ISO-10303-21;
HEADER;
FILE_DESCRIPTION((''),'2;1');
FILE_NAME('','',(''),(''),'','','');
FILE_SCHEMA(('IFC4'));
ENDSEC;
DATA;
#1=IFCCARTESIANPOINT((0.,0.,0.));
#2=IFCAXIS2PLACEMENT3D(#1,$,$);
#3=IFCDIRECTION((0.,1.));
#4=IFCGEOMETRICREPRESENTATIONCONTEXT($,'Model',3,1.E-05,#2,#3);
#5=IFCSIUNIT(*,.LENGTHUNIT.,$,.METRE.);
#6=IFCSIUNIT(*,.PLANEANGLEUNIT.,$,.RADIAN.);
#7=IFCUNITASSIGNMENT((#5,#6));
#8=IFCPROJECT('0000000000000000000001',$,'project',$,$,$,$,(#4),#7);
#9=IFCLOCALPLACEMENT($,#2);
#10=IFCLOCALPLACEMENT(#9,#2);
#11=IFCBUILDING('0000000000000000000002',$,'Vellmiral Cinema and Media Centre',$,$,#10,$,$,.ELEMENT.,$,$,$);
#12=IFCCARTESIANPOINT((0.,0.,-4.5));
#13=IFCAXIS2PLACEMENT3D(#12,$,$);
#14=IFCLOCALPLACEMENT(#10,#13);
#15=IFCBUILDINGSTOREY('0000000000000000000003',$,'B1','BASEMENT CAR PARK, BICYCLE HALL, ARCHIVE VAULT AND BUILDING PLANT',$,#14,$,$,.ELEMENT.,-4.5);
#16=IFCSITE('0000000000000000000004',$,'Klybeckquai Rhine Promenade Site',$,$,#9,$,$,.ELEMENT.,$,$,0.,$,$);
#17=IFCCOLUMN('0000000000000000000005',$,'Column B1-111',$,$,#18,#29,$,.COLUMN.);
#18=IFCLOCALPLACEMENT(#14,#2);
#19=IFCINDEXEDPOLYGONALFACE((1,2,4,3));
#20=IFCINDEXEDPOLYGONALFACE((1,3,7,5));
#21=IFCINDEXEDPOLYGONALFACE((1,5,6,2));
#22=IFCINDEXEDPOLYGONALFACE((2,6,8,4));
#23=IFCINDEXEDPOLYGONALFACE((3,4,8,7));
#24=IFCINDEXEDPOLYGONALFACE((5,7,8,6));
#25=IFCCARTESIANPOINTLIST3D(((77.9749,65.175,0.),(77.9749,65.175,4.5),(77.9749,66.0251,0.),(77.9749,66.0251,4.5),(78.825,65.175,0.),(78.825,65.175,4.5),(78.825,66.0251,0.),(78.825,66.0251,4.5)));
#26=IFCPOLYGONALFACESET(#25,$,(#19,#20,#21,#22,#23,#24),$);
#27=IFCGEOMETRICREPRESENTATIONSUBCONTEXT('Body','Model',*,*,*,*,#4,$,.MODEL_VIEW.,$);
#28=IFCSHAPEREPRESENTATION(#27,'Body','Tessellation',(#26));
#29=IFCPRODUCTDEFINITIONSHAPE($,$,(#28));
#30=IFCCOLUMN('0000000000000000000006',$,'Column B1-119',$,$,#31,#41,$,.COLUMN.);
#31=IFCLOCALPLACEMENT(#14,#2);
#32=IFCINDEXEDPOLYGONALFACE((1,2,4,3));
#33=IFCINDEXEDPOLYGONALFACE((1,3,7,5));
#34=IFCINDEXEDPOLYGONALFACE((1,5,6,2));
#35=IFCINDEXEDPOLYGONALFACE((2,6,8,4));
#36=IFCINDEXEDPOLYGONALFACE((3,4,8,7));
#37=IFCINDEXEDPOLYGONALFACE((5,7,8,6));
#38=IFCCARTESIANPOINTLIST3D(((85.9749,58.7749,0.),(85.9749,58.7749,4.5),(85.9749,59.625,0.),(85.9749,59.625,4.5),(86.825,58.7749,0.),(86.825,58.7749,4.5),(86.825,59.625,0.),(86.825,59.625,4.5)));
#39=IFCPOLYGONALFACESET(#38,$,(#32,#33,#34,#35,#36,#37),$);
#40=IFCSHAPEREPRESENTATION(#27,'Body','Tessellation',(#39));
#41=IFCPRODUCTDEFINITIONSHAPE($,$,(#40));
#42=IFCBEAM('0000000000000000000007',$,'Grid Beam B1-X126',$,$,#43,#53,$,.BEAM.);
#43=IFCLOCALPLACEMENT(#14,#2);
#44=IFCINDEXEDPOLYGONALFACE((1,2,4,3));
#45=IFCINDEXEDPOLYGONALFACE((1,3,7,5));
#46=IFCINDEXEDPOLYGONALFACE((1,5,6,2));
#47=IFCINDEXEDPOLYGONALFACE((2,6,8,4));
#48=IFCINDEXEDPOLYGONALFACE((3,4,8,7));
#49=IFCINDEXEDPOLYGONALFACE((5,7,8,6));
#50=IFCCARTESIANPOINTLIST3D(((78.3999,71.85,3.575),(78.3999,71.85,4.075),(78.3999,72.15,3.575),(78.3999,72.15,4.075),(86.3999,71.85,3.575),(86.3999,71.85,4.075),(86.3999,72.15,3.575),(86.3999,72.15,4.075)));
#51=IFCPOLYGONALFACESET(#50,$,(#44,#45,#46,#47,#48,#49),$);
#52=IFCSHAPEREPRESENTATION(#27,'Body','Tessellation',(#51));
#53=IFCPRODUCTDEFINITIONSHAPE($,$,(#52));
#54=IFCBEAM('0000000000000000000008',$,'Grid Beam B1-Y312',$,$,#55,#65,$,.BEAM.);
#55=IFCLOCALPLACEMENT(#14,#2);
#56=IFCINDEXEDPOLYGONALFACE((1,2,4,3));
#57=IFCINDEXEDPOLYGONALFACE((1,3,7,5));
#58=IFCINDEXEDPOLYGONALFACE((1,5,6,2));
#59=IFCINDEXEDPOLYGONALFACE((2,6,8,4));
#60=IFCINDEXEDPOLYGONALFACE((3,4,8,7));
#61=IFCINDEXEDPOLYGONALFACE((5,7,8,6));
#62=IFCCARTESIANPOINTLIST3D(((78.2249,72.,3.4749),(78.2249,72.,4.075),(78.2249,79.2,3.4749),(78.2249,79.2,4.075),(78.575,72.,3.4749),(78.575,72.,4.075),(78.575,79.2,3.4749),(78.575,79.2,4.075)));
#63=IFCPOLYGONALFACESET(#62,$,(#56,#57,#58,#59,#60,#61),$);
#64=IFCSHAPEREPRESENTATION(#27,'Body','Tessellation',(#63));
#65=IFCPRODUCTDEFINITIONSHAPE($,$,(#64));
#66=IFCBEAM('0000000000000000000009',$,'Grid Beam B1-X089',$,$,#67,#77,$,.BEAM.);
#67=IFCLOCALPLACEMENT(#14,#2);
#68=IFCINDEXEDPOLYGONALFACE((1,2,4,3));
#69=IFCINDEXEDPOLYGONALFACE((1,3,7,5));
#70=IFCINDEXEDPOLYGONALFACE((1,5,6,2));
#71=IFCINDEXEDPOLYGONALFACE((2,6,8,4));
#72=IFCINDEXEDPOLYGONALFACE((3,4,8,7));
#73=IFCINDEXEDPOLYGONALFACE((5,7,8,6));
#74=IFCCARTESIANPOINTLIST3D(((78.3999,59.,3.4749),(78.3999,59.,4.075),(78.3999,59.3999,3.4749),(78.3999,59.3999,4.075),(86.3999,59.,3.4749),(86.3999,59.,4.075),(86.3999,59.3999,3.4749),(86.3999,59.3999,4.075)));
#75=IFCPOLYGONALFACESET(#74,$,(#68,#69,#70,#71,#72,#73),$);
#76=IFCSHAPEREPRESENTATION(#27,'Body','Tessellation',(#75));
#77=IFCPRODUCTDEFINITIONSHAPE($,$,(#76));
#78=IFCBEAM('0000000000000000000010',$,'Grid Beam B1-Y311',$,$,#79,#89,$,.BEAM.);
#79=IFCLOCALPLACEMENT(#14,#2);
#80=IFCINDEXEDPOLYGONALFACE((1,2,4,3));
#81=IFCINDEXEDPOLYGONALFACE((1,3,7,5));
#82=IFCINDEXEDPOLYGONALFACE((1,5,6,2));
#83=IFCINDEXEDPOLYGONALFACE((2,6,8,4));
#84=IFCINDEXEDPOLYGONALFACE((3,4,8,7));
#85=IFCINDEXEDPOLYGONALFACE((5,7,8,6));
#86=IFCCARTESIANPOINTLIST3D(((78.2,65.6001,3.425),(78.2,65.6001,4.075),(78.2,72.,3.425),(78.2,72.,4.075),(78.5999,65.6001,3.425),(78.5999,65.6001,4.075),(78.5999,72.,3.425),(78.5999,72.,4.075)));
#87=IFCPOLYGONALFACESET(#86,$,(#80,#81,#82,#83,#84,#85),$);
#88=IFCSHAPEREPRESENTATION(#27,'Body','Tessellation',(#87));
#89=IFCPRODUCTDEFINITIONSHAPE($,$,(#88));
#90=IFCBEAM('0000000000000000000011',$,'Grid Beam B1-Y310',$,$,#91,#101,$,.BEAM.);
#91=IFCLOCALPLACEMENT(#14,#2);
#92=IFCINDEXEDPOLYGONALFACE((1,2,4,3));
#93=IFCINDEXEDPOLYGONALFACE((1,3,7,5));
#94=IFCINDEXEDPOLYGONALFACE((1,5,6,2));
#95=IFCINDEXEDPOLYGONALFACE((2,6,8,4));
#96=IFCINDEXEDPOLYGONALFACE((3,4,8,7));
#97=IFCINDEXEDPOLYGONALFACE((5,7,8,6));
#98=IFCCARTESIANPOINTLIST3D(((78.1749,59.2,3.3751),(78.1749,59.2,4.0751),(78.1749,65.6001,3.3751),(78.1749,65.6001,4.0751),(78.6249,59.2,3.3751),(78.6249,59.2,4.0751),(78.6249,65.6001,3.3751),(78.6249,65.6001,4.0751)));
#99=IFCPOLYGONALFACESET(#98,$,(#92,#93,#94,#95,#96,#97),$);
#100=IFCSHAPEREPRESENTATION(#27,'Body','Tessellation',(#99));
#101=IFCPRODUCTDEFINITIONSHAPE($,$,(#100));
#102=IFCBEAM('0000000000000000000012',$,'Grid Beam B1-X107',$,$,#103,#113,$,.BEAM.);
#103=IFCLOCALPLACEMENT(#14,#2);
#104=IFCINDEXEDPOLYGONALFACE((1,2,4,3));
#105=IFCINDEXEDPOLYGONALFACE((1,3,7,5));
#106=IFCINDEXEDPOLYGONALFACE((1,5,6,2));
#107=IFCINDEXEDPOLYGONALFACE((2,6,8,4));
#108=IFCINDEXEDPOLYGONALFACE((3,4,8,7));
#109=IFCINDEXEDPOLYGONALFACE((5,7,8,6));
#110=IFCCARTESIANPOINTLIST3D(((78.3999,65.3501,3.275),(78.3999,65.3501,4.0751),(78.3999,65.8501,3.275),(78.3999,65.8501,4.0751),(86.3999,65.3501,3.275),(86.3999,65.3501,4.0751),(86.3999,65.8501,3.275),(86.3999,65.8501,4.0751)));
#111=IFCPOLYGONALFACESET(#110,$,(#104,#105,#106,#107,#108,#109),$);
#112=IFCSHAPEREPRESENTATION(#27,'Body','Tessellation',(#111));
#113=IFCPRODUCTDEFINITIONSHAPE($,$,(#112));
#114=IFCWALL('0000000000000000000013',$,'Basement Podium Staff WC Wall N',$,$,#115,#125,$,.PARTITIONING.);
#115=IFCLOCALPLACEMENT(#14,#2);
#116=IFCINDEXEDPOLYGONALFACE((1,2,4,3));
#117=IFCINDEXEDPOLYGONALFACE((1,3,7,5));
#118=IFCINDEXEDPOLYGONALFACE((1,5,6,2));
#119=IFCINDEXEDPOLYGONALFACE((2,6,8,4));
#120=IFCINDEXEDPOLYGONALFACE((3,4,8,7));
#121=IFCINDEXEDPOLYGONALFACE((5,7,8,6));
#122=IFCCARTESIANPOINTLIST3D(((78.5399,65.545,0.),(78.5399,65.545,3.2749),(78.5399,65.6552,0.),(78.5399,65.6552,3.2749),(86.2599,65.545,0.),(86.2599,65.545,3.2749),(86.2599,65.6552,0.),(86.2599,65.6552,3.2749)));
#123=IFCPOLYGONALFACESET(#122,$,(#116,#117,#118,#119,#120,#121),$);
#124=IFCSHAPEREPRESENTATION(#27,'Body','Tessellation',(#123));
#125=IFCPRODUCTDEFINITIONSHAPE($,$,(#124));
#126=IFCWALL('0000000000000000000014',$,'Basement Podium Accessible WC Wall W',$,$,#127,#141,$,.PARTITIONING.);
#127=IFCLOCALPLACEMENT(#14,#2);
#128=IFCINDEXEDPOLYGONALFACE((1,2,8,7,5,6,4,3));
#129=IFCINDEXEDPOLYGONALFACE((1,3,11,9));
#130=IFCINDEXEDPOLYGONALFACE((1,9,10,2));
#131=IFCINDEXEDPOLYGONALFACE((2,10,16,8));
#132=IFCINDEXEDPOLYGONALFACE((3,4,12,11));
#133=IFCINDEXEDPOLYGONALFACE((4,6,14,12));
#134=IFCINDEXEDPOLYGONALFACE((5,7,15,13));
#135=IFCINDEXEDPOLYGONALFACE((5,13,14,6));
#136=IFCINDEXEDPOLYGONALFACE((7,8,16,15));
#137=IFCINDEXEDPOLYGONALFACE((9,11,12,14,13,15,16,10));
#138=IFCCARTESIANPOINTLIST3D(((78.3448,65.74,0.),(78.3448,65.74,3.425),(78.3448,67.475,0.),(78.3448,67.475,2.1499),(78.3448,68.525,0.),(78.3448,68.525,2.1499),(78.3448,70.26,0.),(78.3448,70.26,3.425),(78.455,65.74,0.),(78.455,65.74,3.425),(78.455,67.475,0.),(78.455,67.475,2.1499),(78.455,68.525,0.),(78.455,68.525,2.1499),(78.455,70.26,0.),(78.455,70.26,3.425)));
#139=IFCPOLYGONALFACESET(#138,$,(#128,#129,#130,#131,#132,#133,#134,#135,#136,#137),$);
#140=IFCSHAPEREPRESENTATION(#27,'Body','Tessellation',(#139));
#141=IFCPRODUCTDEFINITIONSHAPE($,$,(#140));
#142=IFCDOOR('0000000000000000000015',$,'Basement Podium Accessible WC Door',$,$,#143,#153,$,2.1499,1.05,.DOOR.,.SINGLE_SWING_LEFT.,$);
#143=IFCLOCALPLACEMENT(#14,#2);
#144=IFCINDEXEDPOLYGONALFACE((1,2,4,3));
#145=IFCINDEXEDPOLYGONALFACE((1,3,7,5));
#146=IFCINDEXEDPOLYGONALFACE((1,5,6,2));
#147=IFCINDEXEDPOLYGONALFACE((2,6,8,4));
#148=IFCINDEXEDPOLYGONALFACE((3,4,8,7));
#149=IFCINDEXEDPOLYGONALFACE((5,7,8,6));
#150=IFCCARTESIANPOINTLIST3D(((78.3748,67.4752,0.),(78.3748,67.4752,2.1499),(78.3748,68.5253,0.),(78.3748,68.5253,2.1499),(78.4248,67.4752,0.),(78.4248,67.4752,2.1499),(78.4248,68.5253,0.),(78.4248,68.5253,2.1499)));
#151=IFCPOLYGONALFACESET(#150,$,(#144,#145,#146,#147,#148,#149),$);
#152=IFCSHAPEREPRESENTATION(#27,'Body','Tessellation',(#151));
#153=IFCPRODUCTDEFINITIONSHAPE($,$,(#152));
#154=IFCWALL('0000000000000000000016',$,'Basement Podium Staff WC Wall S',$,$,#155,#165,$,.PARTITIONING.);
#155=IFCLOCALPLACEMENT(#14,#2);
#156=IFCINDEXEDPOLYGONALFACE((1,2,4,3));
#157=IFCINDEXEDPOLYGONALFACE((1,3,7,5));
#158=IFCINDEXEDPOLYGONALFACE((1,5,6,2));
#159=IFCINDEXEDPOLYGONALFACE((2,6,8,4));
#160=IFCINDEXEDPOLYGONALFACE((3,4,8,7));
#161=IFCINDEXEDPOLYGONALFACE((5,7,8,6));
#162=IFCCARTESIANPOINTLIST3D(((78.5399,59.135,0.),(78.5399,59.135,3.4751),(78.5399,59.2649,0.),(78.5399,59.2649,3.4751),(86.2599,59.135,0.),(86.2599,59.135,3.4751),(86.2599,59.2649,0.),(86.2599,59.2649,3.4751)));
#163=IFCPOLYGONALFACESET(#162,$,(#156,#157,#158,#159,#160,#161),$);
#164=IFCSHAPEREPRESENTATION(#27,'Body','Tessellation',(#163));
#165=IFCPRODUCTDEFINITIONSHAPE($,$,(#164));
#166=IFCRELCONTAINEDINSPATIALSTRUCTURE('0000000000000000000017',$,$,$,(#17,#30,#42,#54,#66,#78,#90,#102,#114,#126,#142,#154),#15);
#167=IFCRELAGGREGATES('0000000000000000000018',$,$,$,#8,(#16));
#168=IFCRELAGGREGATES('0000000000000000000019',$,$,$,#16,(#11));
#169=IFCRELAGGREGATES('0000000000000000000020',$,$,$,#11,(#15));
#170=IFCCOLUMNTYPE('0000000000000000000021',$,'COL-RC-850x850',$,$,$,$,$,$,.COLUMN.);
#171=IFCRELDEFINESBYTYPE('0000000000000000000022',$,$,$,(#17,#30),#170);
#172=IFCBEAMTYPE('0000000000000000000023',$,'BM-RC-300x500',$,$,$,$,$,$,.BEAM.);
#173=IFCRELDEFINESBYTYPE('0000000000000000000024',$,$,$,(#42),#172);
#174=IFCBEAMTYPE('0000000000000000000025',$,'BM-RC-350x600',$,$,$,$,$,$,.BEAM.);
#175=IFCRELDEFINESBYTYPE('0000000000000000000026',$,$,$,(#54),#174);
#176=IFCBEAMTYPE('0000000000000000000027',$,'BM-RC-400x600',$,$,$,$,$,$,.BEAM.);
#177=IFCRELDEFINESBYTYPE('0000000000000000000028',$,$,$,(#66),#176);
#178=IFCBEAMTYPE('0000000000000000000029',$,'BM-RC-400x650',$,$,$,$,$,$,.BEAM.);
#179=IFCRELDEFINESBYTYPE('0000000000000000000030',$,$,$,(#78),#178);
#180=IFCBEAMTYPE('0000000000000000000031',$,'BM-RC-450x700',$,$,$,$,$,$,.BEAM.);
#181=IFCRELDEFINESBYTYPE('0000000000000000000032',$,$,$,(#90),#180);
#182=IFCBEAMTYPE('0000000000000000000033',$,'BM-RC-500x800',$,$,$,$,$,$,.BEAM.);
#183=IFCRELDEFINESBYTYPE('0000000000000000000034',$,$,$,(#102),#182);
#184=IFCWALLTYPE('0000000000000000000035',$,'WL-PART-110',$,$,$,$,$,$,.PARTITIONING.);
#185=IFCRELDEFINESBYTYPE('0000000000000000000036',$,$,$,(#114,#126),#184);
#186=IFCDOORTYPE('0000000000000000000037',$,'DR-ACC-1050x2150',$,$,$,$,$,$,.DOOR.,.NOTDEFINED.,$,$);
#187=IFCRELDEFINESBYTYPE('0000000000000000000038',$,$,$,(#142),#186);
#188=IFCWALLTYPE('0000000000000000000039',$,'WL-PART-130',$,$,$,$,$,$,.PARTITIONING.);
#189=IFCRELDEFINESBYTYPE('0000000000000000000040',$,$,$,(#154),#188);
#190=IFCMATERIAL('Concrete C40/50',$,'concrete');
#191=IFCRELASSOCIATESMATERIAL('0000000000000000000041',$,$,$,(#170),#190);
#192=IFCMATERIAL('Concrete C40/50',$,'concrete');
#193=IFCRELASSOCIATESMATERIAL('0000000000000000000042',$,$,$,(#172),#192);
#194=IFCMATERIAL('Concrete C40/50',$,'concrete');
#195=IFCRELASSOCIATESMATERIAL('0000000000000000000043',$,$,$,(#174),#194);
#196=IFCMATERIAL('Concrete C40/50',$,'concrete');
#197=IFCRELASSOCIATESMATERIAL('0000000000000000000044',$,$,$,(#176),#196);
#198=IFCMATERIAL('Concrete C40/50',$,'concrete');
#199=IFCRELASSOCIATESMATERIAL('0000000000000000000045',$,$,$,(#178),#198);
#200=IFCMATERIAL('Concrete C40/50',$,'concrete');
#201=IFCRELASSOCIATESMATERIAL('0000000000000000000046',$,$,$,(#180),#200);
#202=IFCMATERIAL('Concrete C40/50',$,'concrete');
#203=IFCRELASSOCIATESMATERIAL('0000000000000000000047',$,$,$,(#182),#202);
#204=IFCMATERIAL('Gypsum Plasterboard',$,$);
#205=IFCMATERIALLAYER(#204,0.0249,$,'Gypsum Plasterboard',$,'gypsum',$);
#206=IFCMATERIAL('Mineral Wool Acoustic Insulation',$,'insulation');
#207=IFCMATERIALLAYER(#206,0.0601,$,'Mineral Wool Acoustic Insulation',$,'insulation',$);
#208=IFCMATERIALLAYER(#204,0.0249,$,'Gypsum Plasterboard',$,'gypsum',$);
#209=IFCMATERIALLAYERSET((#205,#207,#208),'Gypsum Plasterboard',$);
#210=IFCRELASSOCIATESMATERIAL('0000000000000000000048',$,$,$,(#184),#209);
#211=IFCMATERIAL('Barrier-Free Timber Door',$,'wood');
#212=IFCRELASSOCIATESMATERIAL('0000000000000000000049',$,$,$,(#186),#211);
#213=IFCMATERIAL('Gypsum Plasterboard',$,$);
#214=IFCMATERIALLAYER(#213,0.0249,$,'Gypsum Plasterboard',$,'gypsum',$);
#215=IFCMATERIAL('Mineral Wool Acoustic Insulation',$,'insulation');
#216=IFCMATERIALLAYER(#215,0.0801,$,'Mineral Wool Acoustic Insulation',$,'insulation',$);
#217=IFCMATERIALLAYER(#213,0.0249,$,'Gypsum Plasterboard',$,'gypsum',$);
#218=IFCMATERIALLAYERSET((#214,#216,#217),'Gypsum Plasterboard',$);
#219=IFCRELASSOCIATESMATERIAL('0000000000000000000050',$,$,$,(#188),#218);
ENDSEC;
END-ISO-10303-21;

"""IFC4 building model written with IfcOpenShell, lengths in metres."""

from ifc_helpers import new_model, si_unit, direction, frame, frame_2d, origin, origin_2d, place, context, subcontext, project, spatial, rectangle, extrude, material, layer, layer_set, material_profile, profile_set, type_object, element, fill, save


model = new_model("IFC4")

# Units and contexts
model_context = context("Model", 3, precision=1e-05, world=origin(), true_north=direction((0.0, 1.0)))
body_context = subcontext(model_context, "Body", "Model", "MODEL_VIEW")
ifc_project = project(units=[si_unit("LENGTHUNIT", "METRE"), si_unit("PLANEANGLEUNIT", "RADIAN")], contexts=[model_context])

# Site, building, storey
site_placement = place(None, origin())
site = spatial("IfcSite", under=ifc_project, at=site_placement, Name="Klybeckquai Rhine Promenade Site", CompositionType="ELEMENT", RefElevation=0.0)
building_placement = place(site_placement, origin())
building = spatial("IfcBuilding", under=site, at=building_placement, Name="Vellmiral Cinema and Media Centre", CompositionType="ELEMENT")
storey_placement = place(building_placement, frame((0.0, 0.0, -4.5)))
storey = spatial("IfcBuildingStorey", under=building, at=storey_placement, Name="B1", Description="BASEMENT CAR PARK, BICYCLE HALL, ARCHIVE VAULT AND BUILDING PLANT", CompositionType="ELEMENT", Elevation=-4.5)

# Columns
ifc_material_1 = material(Name="Concrete C40/50", Category="concrete")
ifc_material_profile_1 = material_profile(ifc_material_1, rectangle(XDim=0.8501, YDim=0.8501, at=origin_2d()), Name="RC 850x850")
ifc_profile_set_1 = profile_set([ifc_material_profile_1], Name="Concrete C40/50")
column_type_1 = type_object("IfcColumnType", Name="COL-RC-850x850", PredefinedType="COLUMN", material=ifc_profile_set_1)
for number, where, z_axis, x_axis, name in (
    (1, (78.3999, 65.6001, 0.0), (0.0, 0.0, 1.0), (1.0, 0.0, 0.0), "Column B1-111"),
    (2, (86.3999, 59.2, 0.0), (0.0, 0.0, 1.0), (1.0, 0.0, 0.0), "Column B1-119"),
):
    element("IfcColumn", number, at=place(storey_placement, frame(where, z_axis=z_axis, x_axis=x_axis)), inside=storey, type_object=column_type_1, Name=name, PredefinedType="COLUMN", context=body_context, shape_type="SweptSolid", body=[
        extrude(rectangle(XDim=0.8501, YDim=0.8501, at=origin_2d()), origin(), (0.0, 0.0, 1.0), 4.5),
    ])

# Beams
ifc_material_2 = material(Name="Concrete C40/50", Category="concrete")
ifc_material_profile_2 = material_profile(ifc_material_2, rectangle(XDim=0.3, YDim=0.5, at=origin_2d()), Name="RC 300x500")
ifc_profile_set_2 = profile_set([ifc_material_profile_2], Name="Concrete C40/50")
beam_type_1 = type_object("IfcBeamType", Name="BM-RC-300x500", PredefinedType="BEAM", material=ifc_profile_set_2)
beam_1_placement = place(storey_placement, frame((78.3999, 72.0, 3.825), z_axis=(1.0, 0.0, 0.0), x_axis=(0.0, 1.0, 0.0)))
element("IfcBeam", 3, at=beam_1_placement, inside=storey, type_object=beam_type_1, Name="Grid Beam B1-X126", PredefinedType="BEAM", context=body_context, shape_type="SweptSolid", body=[
    extrude(rectangle(XDim=0.3, YDim=0.5, at=origin_2d()), origin(), (0.0, 0.0, 1.0), 8.0),
])
ifc_material_3 = material(Name="Concrete C40/50", Category="concrete")
ifc_material_profile_3 = material_profile(ifc_material_3, rectangle(XDim=0.3501, YDim=0.6001, at=origin_2d()), Name="RC 350x600")
ifc_profile_set_3 = profile_set([ifc_material_profile_3], Name="Concrete C40/50")
beam_type_2 = type_object("IfcBeamType", Name="BM-RC-350x600", PredefinedType="BEAM", material=ifc_profile_set_3)
beam_2_placement = place(storey_placement, frame((78.3999, 72.0, 3.7749), z_axis=(0.0, 1.0, 0.0), x_axis=(-1.0, 0.0, 0.0)))
element("IfcBeam", 4, at=beam_2_placement, inside=storey, type_object=beam_type_2, Name="Grid Beam B1-Y312", PredefinedType="BEAM", context=body_context, shape_type="SweptSolid", body=[
    extrude(rectangle(XDim=0.3501, YDim=0.6001, at=origin_2d()), origin(), (0.0, 0.0, 1.0), 7.2),
])
ifc_material_4 = material(Name="Concrete C40/50", Category="concrete")
ifc_material_profile_4 = material_profile(ifc_material_4, rectangle(XDim=0.3999, YDim=0.6001, at=origin_2d()), Name="RC 400x600")
ifc_profile_set_4 = profile_set([ifc_material_profile_4], Name="Concrete C40/50")
beam_type_3 = type_object("IfcBeamType", Name="BM-RC-400x600", PredefinedType="BEAM", material=ifc_profile_set_4)
beam_3_placement = place(storey_placement, frame((78.3999, 59.2, 3.7749), z_axis=(1.0, 0.0, 0.0), x_axis=(0.0, 1.0, 0.0)))
element("IfcBeam", 5, at=beam_3_placement, inside=storey, type_object=beam_type_3, Name="Grid Beam B1-X089", PredefinedType="BEAM", context=body_context, shape_type="SweptSolid", body=[
    extrude(rectangle(XDim=0.3999, YDim=0.6001, at=origin_2d()), origin(), (0.0, 0.0, 1.0), 8.0),
])
ifc_material_5 = material(Name="Concrete C40/50", Category="concrete")
ifc_material_profile_5 = material_profile(ifc_material_5, rectangle(XDim=0.3999, YDim=0.6499, at=origin_2d()), Name="RC 400x650")
ifc_profile_set_5 = profile_set([ifc_material_profile_5], Name="Concrete C40/50")
beam_type_4 = type_object("IfcBeamType", Name="BM-RC-400x650", PredefinedType="BEAM", material=ifc_profile_set_5)
beam_4_placement = place(storey_placement, frame((78.3999, 65.6001, 3.75), z_axis=(0.0, 1.0, 0.0), x_axis=(-1.0, 0.0, 0.0)))
element("IfcBeam", 6, at=beam_4_placement, inside=storey, type_object=beam_type_4, Name="Grid Beam B1-Y311", PredefinedType="BEAM", context=body_context, shape_type="SweptSolid", body=[
    extrude(rectangle(XDim=0.3999, YDim=0.6499, at=origin_2d()), origin(), (0.0, 0.0, 1.0), 6.3999),
])
ifc_material_6 = material(Name="Concrete C40/50", Category="concrete")
ifc_material_profile_6 = material_profile(ifc_material_6, rectangle(XDim=0.45, YDim=0.7, at=origin_2d()), Name="RC 450x700")
ifc_profile_set_6 = profile_set([ifc_material_profile_6], Name="Concrete C40/50")
beam_type_5 = type_object("IfcBeamType", Name="BM-RC-450x700", PredefinedType="BEAM", material=ifc_profile_set_6)
beam_5_placement = place(storey_placement, frame((78.3999, 59.2, 3.7251), z_axis=(0.0, 1.0, 0.0), x_axis=(-1.0, 0.0, 0.0)))
element("IfcBeam", 7, at=beam_5_placement, inside=storey, type_object=beam_type_5, Name="Grid Beam B1-Y310", PredefinedType="BEAM", context=body_context, shape_type="SweptSolid", body=[
    extrude(rectangle(XDim=0.45, YDim=0.7, at=origin_2d()), origin(), (0.0, 0.0, 1.0), 6.4001),
])
ifc_material_7 = material(Name="Concrete C40/50", Category="concrete")
ifc_material_profile_7 = material_profile(ifc_material_7, rectangle(XDim=0.5, YDim=0.8, at=origin_2d()), Name="RC 500x800")
ifc_profile_set_7 = profile_set([ifc_material_profile_7], Name="Concrete C40/50")
beam_type_6 = type_object("IfcBeamType", Name="BM-RC-500x800", PredefinedType="BEAM", material=ifc_profile_set_7)
beam_6_placement = place(storey_placement, frame((78.3999, 65.6001, 3.675), z_axis=(1.0, 0.0, 0.0), x_axis=(0.0, 1.0, 0.0)))
element("IfcBeam", 8, at=beam_6_placement, inside=storey, type_object=beam_type_6, Name="Grid Beam B1-X107", PredefinedType="BEAM", context=body_context, shape_type="SweptSolid", body=[
    extrude(rectangle(XDim=0.5, YDim=0.8, at=origin_2d()), origin(), (0.0, 0.0, 1.0), 8.0),
])

# Wall
ifc_material_8 = material(Name="Gypsum Plasterboard")
ifc_layer_1 = layer(ifc_material_8, 0.0249, Name="Gypsum Plasterboard", Category="gypsum")
ifc_material_9 = material(Name="Mineral Wool Acoustic Insulation", Category="insulation")
ifc_layer_2 = layer(ifc_material_9, 0.0601, Name="Mineral Wool Acoustic Insulation", Category="insulation")
ifc_layer_3 = layer(ifc_material_8, 0.0249, Name="Gypsum Plasterboard", Category="gypsum")
ifc_layer_set_1 = layer_set([ifc_layer_1, ifc_layer_2, ifc_layer_3], Name="Gypsum Plasterboard")
wall_type_1 = type_object("IfcWallType", Name="WL-PART-110", PredefinedType="PARTITIONING", material=ifc_layer_set_1)
wall_1_placement = place(storey_placement, frame((78.54, 65.6001, 0.0), z_axis=(0.0, 0.0, 1.0), x_axis=(1.0, 0.0, 0.0)))
element("IfcWall", 9, at=wall_1_placement, inside=storey, type_object=wall_type_1, Name="Basement Podium Staff WC Wall N", PredefinedType="PARTITIONING", context=body_context, shape_type="SweptSolid", body=[
    extrude(rectangle(XDim=7.72, YDim=0.1101, at=frame_2d((3.8599, 0.0))), origin(), (0.0, 0.0, 1.0), 3.2749),
])

# Wall, opening, door
wall_2_placement = place(storey_placement, frame((78.3999, 65.74, 0.0), z_axis=(0.0, 0.0, 1.0), x_axis=(0.0, 1.0, 0.0)))
wall_2 = element("IfcWall", 10, at=wall_2_placement, inside=storey, type_object=wall_type_1, Name="Basement Podium Accessible WC Wall W", PredefinedType="PARTITIONING", context=body_context, shape_type="SweptSolid", body=[
    extrude(rectangle(XDim=4.52, YDim=0.1101, at=frame_2d((2.26, 0.0))), origin(), (0.0, 0.0, 1.0), 3.425),
])
opening_1_placement = place(wall_2_placement, frame((1.7351, 0.0, 0.0)))
opening_1 = element("IfcOpeningElement", 11, at=opening_1_placement, cuts=wall_2, PredefinedType="OPENING", context=body_context, shape_type="SweptSolid", body=[
    extrude(rectangle(XDim=1.05, YDim=2.1499, at=frame_2d((0.5249, 1.075))), frame((0.0, 0.0669, 0.0), z_axis=(0.0, -1.0, 0.0), x_axis=(1.0, 0.0, 0.0)), (0.0, 0.0, 1.0), 0.134),
])
ifc_material_10 = material(Name="Barrier-Free Timber Door", Category="wood")
door_type_1 = type_object("IfcDoorType", Name="DR-ACC-1050x2150", OperationType="NOTDEFINED", PredefinedType="DOOR", material=ifc_material_10)
door_1_placement = place(opening_1_placement, frame((1.05, 0.0, 0.0), z_axis=(0.0, 0.0, 1.0), x_axis=(-1.0, 0.0, 0.0)))
door_1 = element("IfcDoor", 12, at=door_1_placement, inside=storey, type_object=door_type_1, Name="Basement Podium Accessible WC Door", OperationType="SINGLE_SWING_LEFT", OverallHeight=2.1499, OverallWidth=1.05, PredefinedType="DOOR", context=body_context, shape_type="SweptSolid", body=[
    extrude(rectangle(XDim=1.05, YDim=2.1499, at=frame_2d((0.5249, 1.075))), frame((0.0, 0.0249, 0.0), z_axis=(0.0, -1.0, 0.0), x_axis=(1.0, 0.0, 0.0)), (0.0, 0.0, 1.0), 0.05),
])
fill(opening_1, door_1)

# Wall
ifc_material_11 = material(Name="Gypsum Plasterboard")
ifc_layer_4 = layer(ifc_material_11, 0.0249, Name="Gypsum Plasterboard", Category="gypsum")
ifc_material_12 = material(Name="Mineral Wool Acoustic Insulation", Category="insulation")
ifc_layer_5 = layer(ifc_material_12, 0.0801, Name="Mineral Wool Acoustic Insulation", Category="insulation")
ifc_layer_6 = layer(ifc_material_11, 0.0249, Name="Gypsum Plasterboard", Category="gypsum")
ifc_layer_set_2 = layer_set([ifc_layer_4, ifc_layer_5, ifc_layer_6], Name="Gypsum Plasterboard")
wall_type_2 = type_object("IfcWallType", Name="WL-PART-130", PredefinedType="PARTITIONING", material=ifc_layer_set_2)
wall_3_placement = place(storey_placement, frame((78.54, 59.2, 0.0), z_axis=(0.0, 0.0, 1.0), x_axis=(1.0, 0.0, 0.0)))
element("IfcWall", 13, at=wall_3_placement, inside=storey, type_object=wall_type_2, Name="Basement Podium Staff WC Wall S", PredefinedType="PARTITIONING", context=body_context, shape_type="SweptSolid", body=[
    extrude(rectangle(XDim=7.72, YDim=0.1299, at=frame_2d((3.8599, 0.0))), origin(), (0.0, 0.0, 1.0), 3.4751),
])

save(model, "model.ifc")
